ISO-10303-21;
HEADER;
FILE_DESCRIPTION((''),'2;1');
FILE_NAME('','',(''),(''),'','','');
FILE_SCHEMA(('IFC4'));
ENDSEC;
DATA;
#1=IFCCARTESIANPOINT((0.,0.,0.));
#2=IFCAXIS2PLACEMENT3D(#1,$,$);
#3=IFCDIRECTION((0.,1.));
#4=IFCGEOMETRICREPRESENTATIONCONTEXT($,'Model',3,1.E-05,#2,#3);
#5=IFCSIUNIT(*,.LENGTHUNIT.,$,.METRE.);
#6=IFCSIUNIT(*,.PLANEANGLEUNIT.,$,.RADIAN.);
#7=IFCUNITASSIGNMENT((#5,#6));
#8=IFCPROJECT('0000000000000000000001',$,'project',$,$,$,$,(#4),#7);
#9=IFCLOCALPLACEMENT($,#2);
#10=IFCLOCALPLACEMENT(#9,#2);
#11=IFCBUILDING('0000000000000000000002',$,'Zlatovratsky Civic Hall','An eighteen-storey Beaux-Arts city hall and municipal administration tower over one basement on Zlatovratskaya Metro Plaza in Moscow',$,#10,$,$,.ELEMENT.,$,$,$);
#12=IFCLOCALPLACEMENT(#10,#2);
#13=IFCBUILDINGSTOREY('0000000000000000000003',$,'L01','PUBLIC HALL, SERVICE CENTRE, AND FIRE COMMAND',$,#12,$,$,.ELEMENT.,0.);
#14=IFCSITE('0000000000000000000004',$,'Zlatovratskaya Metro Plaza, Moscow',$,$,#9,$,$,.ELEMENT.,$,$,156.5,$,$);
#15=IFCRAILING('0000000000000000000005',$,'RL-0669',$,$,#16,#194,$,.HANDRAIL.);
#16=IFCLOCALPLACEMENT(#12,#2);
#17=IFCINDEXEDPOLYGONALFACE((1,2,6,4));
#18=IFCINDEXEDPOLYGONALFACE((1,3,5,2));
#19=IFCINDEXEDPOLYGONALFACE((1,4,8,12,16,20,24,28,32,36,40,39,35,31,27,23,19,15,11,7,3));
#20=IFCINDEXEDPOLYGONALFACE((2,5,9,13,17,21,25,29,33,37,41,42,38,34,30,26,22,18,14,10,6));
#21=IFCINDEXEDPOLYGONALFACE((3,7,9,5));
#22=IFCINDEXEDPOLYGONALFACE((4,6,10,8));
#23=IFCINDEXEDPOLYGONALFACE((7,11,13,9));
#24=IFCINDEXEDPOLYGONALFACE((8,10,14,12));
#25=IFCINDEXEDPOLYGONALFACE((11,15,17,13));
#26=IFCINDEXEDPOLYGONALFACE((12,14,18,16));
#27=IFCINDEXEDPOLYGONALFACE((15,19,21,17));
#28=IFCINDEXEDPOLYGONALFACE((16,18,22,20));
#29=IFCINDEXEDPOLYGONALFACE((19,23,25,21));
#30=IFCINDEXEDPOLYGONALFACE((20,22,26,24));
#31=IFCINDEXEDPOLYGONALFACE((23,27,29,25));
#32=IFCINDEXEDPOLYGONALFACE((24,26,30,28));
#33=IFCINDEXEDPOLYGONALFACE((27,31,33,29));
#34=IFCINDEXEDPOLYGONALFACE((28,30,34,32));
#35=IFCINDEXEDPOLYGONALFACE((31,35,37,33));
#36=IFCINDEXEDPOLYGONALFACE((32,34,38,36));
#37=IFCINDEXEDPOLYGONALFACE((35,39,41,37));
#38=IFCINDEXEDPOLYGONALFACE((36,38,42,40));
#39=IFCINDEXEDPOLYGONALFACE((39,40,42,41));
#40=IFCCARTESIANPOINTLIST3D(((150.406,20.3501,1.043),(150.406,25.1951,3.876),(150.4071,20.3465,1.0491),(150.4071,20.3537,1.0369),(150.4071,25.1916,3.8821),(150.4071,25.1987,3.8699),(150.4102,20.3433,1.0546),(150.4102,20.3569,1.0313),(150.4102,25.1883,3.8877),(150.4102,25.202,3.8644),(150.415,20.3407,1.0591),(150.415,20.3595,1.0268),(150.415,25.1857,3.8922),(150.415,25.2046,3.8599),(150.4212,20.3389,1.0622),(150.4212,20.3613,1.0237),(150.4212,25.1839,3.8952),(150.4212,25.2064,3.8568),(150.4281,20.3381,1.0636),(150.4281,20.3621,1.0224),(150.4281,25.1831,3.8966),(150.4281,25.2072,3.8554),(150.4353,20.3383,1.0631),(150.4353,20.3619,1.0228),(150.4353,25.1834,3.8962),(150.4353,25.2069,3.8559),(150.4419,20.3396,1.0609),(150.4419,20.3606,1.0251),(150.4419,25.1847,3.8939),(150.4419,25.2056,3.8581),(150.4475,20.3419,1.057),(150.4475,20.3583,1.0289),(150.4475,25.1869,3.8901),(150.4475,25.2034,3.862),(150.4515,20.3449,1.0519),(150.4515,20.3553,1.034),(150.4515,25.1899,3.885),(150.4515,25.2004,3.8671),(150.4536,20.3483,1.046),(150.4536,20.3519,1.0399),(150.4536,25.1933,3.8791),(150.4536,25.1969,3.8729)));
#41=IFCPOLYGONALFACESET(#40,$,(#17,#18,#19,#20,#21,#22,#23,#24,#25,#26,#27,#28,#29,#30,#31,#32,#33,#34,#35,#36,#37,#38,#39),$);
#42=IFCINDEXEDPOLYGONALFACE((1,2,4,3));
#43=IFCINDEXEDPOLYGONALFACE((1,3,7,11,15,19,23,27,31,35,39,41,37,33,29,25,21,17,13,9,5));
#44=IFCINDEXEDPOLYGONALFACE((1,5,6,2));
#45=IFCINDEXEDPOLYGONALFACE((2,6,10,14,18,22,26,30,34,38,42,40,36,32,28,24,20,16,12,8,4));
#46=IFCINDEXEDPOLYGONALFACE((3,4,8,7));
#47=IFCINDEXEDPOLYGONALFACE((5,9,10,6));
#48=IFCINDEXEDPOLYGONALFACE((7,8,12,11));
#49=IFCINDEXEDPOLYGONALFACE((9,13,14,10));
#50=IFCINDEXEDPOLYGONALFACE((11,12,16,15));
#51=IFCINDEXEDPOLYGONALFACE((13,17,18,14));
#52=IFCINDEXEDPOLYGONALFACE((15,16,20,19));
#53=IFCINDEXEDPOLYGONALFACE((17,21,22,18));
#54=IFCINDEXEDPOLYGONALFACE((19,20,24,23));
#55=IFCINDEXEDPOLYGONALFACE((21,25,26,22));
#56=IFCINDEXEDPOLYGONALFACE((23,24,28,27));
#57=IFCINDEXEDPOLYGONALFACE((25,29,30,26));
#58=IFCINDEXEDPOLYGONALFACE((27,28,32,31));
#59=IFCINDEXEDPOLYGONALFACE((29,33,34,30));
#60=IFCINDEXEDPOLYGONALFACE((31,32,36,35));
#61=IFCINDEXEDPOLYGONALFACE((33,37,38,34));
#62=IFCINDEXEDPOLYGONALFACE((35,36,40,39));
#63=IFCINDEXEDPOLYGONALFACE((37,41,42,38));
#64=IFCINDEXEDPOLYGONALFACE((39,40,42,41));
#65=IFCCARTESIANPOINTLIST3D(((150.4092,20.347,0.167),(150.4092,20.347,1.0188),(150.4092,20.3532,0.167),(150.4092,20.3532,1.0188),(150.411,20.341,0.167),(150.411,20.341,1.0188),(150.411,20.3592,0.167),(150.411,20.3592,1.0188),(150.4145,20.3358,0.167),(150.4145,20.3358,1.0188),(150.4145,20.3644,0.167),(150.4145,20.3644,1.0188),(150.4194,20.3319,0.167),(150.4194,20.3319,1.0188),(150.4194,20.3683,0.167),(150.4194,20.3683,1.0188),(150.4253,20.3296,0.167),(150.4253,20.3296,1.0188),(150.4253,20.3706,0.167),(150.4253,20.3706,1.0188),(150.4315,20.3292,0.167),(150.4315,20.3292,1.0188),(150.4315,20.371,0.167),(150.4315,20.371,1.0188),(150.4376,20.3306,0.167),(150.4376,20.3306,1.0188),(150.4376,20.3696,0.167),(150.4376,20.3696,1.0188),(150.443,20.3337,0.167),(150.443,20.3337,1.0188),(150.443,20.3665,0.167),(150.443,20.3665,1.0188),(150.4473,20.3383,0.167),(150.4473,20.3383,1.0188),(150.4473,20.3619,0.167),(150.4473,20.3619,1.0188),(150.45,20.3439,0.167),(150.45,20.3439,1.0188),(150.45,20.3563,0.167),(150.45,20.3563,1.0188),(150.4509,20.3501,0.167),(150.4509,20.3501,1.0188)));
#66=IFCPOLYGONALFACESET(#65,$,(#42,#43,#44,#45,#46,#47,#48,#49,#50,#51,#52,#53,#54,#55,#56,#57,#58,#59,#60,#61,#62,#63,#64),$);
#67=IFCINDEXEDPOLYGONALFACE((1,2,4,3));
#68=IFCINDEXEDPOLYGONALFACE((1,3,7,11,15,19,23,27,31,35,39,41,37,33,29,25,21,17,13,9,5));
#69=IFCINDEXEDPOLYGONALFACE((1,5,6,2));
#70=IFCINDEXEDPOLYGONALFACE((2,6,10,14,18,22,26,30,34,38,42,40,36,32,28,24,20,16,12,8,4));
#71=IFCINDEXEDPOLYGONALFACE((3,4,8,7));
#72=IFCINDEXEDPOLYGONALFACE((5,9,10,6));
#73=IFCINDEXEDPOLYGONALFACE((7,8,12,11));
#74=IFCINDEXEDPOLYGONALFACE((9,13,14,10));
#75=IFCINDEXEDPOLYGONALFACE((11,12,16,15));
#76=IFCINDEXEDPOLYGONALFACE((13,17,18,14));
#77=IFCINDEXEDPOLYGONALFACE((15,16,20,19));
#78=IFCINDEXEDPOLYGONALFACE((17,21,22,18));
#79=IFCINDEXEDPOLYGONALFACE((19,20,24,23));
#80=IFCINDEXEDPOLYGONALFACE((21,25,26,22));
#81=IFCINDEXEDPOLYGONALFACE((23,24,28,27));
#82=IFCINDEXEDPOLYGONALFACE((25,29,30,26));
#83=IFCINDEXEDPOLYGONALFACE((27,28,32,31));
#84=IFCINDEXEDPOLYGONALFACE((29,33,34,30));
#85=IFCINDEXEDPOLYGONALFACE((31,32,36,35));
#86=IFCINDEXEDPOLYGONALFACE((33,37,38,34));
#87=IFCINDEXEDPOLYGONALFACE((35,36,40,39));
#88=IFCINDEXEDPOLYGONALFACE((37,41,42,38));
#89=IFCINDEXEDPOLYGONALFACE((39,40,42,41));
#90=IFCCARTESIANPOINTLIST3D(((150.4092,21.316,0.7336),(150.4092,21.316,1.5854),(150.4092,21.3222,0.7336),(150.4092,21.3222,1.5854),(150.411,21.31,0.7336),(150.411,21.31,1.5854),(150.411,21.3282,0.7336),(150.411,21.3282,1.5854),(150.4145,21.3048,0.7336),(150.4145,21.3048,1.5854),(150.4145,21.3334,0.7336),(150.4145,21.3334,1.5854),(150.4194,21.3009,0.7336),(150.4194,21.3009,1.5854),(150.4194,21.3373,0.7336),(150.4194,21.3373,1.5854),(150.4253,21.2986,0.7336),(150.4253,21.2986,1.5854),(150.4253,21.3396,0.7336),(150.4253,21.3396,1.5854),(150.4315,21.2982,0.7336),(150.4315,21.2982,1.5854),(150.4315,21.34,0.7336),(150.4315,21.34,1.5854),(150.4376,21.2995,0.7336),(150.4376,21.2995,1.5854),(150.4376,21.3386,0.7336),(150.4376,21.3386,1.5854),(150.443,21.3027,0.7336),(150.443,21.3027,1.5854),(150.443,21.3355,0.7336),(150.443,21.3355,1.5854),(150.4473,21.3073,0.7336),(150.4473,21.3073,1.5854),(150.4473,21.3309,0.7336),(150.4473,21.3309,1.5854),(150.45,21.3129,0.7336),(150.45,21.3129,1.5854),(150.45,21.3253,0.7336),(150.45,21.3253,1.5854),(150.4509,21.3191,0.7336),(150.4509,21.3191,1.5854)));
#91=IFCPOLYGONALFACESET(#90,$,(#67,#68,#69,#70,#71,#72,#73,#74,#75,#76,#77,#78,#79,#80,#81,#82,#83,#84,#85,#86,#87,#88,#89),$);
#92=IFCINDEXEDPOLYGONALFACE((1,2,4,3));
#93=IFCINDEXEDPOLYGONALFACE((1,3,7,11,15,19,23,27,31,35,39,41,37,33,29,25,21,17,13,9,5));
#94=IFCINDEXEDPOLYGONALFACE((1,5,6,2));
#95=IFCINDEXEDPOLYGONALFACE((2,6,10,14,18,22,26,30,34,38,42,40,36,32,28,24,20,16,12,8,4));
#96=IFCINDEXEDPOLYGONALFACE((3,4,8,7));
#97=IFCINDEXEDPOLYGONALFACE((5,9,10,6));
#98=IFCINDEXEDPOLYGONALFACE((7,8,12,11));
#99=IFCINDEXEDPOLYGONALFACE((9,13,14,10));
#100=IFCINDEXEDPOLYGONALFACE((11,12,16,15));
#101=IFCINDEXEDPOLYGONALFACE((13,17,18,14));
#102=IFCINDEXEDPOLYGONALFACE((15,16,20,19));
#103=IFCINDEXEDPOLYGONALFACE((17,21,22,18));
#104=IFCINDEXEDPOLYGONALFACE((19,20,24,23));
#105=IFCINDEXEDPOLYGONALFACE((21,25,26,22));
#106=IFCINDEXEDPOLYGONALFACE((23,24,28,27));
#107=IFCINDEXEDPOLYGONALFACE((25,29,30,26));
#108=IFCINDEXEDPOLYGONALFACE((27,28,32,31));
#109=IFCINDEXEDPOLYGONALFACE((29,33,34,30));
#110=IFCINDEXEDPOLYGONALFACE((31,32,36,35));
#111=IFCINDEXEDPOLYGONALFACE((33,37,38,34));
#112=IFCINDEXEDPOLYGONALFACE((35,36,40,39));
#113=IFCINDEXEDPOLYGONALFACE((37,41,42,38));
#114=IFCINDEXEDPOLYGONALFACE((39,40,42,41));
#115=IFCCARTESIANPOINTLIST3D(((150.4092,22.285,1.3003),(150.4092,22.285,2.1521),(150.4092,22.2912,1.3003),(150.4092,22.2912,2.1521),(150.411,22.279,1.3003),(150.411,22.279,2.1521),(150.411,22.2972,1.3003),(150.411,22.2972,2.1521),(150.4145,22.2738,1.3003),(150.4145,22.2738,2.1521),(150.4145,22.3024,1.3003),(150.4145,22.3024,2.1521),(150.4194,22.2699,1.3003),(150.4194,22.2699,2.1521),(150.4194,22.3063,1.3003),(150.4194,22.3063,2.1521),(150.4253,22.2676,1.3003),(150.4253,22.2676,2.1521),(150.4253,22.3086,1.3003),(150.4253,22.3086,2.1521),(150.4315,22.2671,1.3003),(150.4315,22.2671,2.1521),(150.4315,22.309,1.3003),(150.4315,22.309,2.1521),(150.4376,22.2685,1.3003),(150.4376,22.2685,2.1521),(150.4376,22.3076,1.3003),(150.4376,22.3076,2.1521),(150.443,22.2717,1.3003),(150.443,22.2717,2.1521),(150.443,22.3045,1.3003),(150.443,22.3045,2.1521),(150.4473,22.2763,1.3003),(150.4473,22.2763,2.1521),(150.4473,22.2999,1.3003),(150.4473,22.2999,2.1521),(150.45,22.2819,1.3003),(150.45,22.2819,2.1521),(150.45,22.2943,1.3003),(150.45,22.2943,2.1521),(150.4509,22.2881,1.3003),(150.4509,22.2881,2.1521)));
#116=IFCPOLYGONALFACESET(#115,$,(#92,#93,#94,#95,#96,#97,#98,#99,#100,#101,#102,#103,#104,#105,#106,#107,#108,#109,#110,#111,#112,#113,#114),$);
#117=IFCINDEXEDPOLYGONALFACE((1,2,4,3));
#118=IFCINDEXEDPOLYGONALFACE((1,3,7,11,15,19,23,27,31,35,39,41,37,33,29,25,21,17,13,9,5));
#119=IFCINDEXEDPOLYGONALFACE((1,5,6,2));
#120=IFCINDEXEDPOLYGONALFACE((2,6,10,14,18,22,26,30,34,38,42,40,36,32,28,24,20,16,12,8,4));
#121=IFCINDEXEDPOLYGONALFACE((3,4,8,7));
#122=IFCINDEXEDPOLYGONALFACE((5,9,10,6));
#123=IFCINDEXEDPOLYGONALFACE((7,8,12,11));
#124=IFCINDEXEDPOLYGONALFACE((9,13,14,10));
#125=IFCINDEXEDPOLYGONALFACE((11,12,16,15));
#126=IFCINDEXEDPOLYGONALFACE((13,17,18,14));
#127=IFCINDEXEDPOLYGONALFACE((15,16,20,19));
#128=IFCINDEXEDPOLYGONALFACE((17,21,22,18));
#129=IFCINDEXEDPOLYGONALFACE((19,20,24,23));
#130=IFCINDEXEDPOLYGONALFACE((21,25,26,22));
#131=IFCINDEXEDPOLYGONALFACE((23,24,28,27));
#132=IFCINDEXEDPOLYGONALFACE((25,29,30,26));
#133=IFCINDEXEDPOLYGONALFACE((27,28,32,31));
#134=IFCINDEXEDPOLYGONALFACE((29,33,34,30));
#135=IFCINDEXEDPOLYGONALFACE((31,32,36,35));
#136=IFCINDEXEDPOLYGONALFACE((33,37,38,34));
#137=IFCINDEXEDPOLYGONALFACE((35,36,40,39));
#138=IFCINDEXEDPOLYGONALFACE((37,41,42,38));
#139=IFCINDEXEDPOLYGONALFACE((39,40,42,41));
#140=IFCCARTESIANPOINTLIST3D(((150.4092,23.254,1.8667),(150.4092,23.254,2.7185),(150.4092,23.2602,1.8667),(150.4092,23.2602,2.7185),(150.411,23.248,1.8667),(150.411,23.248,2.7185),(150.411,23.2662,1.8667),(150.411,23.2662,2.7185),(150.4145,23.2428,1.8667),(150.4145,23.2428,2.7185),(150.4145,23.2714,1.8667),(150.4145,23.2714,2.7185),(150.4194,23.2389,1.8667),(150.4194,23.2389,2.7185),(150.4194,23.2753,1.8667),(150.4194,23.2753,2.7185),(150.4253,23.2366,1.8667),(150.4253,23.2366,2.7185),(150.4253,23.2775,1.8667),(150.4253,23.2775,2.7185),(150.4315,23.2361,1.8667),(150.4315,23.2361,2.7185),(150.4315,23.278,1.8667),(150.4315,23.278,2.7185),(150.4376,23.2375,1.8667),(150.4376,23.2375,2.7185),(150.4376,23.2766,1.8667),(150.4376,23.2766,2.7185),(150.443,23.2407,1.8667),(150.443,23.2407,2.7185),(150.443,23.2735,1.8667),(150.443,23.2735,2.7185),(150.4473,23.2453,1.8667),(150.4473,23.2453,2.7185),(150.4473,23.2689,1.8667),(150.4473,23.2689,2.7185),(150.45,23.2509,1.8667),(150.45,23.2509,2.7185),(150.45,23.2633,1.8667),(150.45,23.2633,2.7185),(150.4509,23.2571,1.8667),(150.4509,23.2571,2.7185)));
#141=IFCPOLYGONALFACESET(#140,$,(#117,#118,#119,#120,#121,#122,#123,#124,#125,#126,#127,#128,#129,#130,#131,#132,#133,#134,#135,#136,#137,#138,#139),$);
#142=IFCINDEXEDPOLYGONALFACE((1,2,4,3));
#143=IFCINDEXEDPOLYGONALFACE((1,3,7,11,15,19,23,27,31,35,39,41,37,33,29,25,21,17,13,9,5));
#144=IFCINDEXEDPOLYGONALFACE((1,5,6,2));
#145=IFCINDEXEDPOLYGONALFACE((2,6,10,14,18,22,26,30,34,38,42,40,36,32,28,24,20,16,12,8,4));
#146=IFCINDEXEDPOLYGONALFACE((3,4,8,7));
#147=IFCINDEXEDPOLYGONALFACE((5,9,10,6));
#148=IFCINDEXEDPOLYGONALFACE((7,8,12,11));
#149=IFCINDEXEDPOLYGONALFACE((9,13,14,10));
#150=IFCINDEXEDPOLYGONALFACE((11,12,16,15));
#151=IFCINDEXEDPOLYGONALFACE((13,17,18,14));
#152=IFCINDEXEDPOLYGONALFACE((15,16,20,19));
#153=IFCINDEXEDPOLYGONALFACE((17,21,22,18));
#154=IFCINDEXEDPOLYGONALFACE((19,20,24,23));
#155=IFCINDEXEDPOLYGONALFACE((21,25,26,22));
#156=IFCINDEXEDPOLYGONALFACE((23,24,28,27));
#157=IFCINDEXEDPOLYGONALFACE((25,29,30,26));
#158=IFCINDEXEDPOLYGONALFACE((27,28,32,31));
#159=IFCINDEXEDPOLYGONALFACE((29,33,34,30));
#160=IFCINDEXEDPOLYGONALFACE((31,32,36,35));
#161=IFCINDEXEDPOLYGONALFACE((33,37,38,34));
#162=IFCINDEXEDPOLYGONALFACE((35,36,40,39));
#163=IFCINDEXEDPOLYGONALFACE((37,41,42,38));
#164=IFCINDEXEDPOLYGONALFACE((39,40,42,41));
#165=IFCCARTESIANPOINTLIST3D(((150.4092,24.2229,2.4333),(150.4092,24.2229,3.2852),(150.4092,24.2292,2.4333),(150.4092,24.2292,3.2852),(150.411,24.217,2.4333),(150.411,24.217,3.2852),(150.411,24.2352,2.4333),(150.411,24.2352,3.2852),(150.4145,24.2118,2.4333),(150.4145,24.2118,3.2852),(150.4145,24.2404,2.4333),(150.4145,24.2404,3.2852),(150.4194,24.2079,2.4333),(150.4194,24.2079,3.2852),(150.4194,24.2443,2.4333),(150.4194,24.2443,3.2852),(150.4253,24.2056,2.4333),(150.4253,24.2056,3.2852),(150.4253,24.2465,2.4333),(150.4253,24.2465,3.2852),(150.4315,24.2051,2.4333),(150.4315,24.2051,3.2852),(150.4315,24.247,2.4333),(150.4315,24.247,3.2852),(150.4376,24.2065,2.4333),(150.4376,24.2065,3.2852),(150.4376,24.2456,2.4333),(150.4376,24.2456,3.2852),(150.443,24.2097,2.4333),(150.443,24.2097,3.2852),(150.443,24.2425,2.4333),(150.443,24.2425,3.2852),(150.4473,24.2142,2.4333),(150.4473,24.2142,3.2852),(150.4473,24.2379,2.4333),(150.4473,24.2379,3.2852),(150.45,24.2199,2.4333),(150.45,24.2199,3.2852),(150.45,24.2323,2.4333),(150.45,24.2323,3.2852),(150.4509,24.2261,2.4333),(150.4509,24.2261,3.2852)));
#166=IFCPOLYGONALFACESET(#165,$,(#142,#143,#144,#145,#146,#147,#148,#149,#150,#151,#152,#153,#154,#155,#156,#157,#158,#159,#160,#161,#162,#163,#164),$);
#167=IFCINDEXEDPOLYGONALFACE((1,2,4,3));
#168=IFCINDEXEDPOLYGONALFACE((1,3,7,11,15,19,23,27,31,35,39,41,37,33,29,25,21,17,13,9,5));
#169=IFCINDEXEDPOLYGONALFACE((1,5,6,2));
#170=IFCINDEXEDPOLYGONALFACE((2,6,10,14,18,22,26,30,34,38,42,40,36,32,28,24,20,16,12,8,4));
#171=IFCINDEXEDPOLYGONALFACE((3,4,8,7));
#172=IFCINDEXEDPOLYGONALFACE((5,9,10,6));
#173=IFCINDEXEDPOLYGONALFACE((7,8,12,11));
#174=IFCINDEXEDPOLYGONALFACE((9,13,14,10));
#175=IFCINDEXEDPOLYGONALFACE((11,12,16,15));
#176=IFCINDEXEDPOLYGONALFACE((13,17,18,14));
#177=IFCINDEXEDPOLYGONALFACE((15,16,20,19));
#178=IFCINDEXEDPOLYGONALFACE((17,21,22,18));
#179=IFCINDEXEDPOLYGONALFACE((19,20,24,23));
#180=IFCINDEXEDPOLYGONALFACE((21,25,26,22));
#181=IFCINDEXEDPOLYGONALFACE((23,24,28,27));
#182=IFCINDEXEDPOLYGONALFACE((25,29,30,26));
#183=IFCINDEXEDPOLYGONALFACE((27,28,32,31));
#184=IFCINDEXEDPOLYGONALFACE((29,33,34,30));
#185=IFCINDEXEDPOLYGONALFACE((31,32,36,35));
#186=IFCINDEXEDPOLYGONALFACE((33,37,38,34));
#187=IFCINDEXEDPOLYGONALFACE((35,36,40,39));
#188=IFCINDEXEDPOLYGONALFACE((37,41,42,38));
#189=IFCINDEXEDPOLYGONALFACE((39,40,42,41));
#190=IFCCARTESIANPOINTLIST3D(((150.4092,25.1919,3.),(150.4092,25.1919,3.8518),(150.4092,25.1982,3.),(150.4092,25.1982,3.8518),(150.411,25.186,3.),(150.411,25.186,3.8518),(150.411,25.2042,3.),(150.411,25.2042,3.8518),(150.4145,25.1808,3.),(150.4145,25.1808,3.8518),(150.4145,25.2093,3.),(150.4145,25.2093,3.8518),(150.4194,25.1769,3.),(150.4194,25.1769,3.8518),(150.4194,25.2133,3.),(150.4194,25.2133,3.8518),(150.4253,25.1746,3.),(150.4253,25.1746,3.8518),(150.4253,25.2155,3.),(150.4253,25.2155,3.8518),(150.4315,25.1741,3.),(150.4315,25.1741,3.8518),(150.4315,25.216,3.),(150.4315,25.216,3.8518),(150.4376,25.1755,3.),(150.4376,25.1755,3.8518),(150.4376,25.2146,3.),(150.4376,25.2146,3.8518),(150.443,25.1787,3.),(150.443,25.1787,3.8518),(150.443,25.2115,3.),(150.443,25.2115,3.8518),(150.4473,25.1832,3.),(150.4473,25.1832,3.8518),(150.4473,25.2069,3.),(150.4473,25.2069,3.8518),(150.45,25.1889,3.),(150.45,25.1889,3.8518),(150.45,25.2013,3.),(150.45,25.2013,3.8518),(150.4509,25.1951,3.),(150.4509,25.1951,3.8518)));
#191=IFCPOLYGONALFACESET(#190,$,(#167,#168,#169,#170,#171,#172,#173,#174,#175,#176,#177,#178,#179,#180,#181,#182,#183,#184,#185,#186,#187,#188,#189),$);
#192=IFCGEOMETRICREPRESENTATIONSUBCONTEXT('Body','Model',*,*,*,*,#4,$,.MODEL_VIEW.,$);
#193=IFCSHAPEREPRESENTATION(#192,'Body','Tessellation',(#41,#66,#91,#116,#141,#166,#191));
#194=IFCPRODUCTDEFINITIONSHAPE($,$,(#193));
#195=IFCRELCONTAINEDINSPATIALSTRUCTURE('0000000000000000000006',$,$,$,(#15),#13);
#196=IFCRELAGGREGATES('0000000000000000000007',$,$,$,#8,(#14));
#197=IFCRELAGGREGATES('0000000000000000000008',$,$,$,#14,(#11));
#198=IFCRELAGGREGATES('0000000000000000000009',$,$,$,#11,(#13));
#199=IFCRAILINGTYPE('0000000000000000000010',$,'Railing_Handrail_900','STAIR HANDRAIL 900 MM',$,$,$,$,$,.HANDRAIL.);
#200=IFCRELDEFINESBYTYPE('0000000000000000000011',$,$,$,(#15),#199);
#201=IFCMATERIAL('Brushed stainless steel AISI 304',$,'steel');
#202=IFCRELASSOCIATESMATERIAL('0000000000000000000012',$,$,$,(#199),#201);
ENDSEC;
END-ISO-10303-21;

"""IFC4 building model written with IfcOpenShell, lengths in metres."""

from ifc_helpers import new_model, si_unit, direction, frame, origin, origin_2d, place, context, subcontext, project, spatial, circle, extrude, material, type_object, element, save


model = new_model("IFC4")

# Units and contexts
model_context = context("Model", 3, precision=1e-05, world=origin(), true_north=direction((0.0, 1.0)))
body_context = subcontext(model_context, "Body", "Model", "MODEL_VIEW")
ifc_project = project(units=[si_unit("LENGTHUNIT", "METRE"), si_unit("PLANEANGLEUNIT", "RADIAN")], contexts=[model_context])

# Site, building, storey
site_placement = place(None, origin())
site = spatial("IfcSite", under=ifc_project, at=site_placement, Name="Zlatovratskaya Metro Plaza, Moscow", CompositionType="ELEMENT", RefElevation=156.5)
building_placement = place(site_placement, origin())
building = spatial("IfcBuilding", under=site, at=building_placement, Name="Zlatovratsky Civic Hall", Description="An eighteen-storey Beaux-Arts city hall and municipal administration tower over one basement on Zlatovratskaya Metro Plaza in Moscow", CompositionType="ELEMENT")
storey_placement = place(building_placement, origin())
storey = spatial("IfcBuildingStorey", under=building, at=storey_placement, Name="L01", Description="PUBLIC HALL, SERVICE CENTRE, AND FIRE COMMAND", CompositionType="ELEMENT", Elevation=0.0)

# Railing
ifc_material_1 = material(Name="Brushed stainless steel AISI 304", Category="steel")
railing_type_1 = type_object("IfcRailingType", Name="Railing_Handrail_900", Description="STAIR HANDRAIL 900 MM", PredefinedType="HANDRAIL", material=ifc_material_1)
railing_1_placement = place(storey_placement, frame((150.4299, 20.3501, 0.167)))
element("IfcRailing", 1, at=railing_1_placement, inside=storey, type_object=railing_type_1, Name="RL-0669", PredefinedType="HANDRAIL", context=body_context, shape_type="SweptSolid", body=[
    extrude(circle(Radius=0.0239, at=origin_2d()), frame((0.0, 0.0, 0.876), z_axis=(0.0, 0.863253, 0.504771), x_axis=(-1.0, 0.0, 0.0)), (0.0, 0.0, 1.0), 5.6125),
    extrude(circle(Radius=0.021, at=origin_2d()), origin(), (0.0, 0.0, 1.0), 0.8518),
    extrude(circle(Radius=0.021, at=origin_2d()), frame((0.0, 0.969, 0.5667)), (0.0, 0.0, 1.0), 0.8518),
    extrude(circle(Radius=0.021, at=origin_2d()), frame((0.0, 1.938, 1.1333)), (0.0, 0.0, 1.0), 0.8518),
    extrude(circle(Radius=0.021, at=origin_2d()), frame((0.0, 2.907, 1.6997)), (0.0, 0.0, 1.0), 0.8518),
    extrude(circle(Radius=0.021, at=origin_2d()), frame((0.0, 3.876, 2.2664)), (0.0, 0.0, 1.0), 0.8518),
    extrude(circle(Radius=0.021, at=origin_2d()), frame((0.0, 4.845, 2.833)), (0.0, 0.0, 1.0), 0.8518),
])

save(model, "model.ifc")
